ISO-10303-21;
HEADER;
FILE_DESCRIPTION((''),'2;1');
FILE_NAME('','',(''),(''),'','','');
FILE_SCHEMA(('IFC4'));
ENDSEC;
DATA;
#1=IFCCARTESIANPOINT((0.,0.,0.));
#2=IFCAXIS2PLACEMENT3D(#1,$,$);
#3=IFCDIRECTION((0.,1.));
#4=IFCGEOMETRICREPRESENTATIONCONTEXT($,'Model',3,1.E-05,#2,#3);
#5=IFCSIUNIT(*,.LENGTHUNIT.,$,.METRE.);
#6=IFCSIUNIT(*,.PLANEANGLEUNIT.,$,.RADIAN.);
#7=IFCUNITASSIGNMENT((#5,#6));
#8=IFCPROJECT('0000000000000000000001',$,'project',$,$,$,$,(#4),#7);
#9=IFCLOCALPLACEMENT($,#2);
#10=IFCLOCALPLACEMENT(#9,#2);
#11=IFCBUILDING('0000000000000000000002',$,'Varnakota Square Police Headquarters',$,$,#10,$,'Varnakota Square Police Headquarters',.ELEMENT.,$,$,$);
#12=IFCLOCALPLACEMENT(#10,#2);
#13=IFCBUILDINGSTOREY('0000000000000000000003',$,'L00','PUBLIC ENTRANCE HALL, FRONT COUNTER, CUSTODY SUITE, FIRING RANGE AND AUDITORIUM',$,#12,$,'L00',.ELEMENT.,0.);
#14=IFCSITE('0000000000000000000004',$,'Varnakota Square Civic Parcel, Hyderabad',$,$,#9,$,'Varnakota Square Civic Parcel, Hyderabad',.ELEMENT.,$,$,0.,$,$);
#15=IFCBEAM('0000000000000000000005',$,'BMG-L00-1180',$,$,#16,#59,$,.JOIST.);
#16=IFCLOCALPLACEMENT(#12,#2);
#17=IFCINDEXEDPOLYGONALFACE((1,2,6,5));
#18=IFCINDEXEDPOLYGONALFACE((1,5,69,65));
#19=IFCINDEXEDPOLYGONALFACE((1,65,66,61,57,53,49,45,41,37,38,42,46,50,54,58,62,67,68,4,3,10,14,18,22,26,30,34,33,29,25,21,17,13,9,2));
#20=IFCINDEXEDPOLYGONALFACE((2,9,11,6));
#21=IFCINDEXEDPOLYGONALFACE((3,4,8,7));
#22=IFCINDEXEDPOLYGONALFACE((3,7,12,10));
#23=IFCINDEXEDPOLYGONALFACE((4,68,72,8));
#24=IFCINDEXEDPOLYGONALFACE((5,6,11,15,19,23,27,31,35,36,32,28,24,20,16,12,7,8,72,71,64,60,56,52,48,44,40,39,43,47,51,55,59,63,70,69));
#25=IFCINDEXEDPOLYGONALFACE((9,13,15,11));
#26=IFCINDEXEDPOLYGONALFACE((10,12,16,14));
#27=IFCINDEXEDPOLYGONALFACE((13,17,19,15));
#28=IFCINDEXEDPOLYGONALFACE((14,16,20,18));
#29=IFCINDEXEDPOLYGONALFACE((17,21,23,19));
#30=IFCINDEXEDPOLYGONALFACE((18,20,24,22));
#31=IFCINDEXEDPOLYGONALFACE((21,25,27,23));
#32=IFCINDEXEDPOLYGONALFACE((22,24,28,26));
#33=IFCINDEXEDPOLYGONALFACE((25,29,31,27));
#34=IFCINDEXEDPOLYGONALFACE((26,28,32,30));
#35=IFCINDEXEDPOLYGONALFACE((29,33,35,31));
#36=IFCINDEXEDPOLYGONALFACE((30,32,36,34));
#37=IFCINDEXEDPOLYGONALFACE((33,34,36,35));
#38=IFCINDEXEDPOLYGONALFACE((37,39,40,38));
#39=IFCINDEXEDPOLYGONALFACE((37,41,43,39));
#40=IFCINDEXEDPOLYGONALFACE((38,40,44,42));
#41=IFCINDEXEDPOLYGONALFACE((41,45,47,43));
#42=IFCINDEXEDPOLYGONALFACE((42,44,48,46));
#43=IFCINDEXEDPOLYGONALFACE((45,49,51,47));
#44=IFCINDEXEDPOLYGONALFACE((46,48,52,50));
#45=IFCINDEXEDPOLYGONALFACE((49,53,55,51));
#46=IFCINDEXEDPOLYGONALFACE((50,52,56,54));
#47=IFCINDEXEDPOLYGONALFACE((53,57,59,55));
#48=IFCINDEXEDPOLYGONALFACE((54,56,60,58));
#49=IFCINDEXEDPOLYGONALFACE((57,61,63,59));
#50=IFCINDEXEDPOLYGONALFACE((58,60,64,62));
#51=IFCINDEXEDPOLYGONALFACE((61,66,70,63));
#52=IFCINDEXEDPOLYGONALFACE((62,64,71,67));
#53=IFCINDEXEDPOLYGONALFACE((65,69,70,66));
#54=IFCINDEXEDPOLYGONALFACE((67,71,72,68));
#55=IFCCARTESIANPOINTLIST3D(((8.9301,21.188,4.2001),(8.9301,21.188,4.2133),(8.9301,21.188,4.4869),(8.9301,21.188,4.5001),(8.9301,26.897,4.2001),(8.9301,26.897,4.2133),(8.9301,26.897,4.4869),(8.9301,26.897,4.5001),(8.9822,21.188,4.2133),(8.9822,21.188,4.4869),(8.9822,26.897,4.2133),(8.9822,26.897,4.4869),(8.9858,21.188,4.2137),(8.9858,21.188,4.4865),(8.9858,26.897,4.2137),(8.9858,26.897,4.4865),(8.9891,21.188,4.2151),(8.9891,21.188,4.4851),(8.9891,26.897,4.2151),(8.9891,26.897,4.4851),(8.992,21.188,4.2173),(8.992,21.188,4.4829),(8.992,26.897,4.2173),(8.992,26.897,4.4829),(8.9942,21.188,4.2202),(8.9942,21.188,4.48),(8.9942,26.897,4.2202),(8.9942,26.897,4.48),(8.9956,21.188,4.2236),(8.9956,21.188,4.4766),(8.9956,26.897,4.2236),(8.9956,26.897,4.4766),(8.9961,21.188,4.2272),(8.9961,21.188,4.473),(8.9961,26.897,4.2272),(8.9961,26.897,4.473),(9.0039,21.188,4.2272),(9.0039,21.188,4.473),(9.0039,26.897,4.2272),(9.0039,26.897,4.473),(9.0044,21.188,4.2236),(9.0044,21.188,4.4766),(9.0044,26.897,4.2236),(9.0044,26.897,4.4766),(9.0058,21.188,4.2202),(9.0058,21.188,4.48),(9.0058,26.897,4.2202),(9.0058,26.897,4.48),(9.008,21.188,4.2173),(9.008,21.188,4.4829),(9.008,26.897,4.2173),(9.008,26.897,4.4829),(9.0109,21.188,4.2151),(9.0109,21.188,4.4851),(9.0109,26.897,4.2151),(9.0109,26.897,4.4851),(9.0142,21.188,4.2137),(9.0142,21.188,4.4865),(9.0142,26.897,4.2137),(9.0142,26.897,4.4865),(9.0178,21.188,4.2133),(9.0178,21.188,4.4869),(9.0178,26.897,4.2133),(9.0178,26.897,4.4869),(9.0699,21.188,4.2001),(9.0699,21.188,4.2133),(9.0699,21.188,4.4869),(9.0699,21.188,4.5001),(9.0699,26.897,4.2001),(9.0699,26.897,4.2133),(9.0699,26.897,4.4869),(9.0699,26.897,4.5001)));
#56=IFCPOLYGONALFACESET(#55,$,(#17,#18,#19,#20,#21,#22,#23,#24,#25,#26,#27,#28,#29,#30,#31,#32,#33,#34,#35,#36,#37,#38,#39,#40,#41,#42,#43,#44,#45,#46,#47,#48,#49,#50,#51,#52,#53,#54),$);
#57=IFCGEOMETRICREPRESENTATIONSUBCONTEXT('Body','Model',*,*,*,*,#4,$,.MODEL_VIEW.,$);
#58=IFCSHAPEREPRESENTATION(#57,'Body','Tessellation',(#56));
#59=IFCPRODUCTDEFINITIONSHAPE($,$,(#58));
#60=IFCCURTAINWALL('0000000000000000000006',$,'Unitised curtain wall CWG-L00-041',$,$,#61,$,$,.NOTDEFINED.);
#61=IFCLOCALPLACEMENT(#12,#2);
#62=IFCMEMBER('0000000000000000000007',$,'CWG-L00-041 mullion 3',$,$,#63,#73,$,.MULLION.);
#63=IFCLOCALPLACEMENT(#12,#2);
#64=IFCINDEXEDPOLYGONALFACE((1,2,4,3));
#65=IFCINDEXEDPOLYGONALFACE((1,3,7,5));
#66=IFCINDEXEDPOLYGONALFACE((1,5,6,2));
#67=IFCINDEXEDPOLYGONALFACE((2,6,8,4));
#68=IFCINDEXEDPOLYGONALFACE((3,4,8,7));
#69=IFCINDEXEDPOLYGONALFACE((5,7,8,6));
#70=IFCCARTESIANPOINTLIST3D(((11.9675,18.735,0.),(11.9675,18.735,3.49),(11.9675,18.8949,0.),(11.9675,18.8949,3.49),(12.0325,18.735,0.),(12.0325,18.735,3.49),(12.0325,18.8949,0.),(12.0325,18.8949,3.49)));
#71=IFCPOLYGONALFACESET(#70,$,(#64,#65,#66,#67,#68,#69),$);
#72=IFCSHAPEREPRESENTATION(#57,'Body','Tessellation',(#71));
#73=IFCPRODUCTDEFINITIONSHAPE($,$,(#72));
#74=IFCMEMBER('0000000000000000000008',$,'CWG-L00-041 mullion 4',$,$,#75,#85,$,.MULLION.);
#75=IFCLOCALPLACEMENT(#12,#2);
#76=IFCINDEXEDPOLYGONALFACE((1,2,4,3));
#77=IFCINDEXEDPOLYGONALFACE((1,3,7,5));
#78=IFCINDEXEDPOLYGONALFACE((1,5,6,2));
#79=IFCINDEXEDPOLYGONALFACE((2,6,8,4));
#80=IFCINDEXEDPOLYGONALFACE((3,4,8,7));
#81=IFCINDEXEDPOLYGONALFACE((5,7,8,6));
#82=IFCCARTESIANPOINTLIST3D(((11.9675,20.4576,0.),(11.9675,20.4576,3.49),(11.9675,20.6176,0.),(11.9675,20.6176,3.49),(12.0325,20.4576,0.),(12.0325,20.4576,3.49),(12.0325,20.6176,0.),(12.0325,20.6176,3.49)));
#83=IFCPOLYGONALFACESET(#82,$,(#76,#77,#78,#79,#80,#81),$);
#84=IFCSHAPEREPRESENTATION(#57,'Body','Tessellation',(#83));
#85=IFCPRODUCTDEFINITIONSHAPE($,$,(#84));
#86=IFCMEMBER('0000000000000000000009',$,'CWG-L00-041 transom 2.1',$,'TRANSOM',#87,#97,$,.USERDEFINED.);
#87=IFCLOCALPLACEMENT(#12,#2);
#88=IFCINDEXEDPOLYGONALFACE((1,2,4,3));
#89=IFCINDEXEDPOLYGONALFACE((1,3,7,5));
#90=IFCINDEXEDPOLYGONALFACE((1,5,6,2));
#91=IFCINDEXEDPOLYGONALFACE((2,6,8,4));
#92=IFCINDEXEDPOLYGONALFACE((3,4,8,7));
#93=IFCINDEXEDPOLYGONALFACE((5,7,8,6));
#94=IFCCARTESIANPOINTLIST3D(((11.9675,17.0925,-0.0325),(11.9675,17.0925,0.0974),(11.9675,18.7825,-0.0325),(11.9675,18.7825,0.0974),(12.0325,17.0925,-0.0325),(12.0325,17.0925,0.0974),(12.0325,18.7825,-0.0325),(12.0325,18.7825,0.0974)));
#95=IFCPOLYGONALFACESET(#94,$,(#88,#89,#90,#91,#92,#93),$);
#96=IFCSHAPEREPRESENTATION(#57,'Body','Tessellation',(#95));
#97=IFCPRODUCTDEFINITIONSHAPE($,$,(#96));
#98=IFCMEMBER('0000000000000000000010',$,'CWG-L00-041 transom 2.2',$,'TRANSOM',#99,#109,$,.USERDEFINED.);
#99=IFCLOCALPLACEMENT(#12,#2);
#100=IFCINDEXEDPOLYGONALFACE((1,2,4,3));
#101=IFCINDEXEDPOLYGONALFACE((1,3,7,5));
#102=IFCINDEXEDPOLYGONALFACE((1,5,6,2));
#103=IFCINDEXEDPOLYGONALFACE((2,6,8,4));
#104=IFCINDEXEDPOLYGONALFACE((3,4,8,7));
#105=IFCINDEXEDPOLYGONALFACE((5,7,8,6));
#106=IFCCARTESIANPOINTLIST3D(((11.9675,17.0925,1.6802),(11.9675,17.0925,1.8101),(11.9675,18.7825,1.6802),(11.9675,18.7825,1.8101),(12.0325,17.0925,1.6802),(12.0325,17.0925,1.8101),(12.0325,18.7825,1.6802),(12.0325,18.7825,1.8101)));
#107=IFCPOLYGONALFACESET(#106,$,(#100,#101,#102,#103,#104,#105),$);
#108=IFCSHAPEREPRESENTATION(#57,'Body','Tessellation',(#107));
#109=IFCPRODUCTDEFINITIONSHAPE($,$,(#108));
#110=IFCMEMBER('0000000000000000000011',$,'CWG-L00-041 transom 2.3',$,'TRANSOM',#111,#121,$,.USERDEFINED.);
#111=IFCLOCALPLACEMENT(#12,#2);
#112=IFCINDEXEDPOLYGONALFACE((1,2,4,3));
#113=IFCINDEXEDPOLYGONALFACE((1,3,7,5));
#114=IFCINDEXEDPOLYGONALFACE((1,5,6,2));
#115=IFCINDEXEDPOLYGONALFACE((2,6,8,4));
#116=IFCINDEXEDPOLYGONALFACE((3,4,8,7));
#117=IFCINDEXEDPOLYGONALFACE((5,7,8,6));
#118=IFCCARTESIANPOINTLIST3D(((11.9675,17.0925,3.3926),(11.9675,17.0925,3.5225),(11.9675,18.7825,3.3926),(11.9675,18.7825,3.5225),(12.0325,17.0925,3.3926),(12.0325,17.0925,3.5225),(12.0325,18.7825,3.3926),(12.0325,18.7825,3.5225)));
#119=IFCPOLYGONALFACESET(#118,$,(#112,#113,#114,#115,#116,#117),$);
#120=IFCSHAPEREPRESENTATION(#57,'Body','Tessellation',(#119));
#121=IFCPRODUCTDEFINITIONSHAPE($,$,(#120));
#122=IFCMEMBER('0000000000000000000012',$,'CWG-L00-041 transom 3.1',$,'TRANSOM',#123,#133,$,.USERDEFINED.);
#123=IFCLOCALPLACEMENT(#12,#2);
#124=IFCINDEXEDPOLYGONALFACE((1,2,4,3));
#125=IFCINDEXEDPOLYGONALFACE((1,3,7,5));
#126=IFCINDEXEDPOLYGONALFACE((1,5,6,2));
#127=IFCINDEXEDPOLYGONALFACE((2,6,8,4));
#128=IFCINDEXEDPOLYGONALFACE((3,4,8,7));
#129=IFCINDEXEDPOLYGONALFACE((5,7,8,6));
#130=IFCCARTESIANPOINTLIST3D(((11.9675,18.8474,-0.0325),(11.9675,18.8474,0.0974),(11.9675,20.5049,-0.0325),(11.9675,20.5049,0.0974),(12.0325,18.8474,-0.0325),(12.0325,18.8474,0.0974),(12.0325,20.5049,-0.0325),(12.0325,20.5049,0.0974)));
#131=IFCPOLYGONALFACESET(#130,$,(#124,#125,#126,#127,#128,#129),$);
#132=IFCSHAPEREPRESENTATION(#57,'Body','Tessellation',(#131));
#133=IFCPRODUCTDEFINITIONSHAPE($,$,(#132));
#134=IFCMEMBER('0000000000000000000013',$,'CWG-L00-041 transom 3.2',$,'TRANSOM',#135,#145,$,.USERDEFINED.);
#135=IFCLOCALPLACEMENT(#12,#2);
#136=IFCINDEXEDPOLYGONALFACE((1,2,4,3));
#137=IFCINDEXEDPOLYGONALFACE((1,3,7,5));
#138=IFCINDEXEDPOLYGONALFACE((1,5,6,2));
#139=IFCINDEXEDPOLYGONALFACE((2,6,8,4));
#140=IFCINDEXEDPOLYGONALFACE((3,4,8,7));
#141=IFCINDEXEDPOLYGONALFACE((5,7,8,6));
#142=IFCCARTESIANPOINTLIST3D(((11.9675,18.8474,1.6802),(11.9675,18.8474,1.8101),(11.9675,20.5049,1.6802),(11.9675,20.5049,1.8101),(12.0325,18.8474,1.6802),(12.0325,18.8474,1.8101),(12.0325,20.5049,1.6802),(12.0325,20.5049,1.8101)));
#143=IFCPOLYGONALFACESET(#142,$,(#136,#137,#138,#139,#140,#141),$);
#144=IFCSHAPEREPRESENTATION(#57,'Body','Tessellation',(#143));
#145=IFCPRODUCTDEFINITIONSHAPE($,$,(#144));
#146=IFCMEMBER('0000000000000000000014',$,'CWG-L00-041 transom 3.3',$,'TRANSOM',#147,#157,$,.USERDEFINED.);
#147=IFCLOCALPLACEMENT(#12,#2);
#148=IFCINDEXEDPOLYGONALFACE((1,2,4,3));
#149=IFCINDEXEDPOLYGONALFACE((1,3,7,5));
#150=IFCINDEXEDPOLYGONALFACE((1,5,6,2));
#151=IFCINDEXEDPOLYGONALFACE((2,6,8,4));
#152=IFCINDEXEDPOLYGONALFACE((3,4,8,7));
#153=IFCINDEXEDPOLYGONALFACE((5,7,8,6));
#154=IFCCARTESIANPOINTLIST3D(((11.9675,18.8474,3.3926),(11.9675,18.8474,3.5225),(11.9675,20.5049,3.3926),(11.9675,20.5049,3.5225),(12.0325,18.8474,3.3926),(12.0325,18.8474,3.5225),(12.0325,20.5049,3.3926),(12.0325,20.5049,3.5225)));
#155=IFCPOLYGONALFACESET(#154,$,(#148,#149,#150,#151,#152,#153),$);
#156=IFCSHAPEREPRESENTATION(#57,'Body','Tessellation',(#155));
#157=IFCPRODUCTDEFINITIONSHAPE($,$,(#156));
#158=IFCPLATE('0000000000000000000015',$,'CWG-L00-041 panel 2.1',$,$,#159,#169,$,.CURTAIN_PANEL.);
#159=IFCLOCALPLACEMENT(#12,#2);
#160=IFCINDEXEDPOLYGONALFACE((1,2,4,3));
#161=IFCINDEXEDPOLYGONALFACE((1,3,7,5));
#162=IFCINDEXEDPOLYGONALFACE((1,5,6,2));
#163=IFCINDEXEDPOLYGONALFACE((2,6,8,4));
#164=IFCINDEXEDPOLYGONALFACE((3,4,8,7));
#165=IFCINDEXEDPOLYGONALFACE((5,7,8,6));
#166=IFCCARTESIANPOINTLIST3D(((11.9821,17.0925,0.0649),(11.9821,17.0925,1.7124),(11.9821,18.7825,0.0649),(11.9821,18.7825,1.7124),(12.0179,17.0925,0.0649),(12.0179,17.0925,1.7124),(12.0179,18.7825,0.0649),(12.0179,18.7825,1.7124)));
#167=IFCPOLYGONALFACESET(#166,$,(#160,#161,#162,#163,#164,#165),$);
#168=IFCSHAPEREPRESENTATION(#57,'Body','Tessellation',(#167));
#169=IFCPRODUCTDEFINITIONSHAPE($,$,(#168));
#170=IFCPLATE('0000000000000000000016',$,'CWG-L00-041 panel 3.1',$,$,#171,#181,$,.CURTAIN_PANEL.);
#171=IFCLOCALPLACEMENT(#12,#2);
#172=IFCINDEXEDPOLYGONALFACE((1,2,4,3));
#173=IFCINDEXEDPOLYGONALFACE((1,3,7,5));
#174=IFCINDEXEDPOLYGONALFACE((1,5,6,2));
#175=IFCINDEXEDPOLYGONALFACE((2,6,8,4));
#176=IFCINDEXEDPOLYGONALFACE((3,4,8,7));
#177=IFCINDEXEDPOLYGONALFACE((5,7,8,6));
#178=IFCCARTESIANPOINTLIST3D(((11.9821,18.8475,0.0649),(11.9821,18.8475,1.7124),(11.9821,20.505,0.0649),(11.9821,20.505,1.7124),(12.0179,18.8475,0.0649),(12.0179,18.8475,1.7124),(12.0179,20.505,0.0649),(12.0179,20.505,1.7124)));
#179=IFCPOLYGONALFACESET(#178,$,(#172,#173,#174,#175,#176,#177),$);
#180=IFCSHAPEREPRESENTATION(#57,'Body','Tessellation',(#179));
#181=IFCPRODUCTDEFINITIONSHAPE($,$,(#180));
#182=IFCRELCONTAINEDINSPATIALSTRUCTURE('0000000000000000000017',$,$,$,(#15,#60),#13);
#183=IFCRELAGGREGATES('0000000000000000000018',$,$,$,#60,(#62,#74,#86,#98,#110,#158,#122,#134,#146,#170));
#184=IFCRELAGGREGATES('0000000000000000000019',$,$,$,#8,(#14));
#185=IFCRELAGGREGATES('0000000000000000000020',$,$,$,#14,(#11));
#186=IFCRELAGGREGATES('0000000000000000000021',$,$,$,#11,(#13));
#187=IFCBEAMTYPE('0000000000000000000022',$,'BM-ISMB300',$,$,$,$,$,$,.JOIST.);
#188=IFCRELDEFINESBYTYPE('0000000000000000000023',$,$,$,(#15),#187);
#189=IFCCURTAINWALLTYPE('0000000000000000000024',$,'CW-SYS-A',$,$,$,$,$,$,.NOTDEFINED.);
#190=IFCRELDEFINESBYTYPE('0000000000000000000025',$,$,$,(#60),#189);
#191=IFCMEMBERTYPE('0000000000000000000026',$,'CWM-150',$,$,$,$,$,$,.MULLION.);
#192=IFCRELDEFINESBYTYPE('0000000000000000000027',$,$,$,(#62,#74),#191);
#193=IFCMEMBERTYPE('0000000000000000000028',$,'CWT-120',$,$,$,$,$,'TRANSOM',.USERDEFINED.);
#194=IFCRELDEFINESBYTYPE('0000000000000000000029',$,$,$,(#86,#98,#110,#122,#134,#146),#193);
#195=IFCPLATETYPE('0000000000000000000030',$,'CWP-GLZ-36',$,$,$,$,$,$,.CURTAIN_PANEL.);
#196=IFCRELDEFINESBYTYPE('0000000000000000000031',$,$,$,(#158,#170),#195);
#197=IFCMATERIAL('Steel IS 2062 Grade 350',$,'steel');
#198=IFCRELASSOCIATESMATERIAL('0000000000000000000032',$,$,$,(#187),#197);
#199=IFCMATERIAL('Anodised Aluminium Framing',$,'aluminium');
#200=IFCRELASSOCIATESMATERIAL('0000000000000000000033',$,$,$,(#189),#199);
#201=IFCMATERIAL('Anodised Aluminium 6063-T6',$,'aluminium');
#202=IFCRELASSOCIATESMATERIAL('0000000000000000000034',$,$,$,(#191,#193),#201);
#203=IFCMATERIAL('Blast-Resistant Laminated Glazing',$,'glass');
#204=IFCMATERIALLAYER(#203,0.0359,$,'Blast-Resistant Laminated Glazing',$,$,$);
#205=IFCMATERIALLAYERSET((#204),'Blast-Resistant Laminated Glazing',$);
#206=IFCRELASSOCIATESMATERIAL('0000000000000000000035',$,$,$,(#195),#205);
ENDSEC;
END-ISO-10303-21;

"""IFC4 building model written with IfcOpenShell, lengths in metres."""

from ifc_helpers import new_model, si_unit, direction, frame, origin, origin_2d, place, context, subcontext, project, spatial, rectangle, i_section, extrude, material, layer, layer_set, material_profile, profile_set, type_object, element, aggregate, save


model = new_model("IFC4")

# Units and contexts
model_context = context("Model", 3, precision=1e-05, world=origin(), true_north=direction((0.0, 1.0)))
body_context = subcontext(model_context, "Body", "Model", "MODEL_VIEW")
ifc_project = project(units=[si_unit("LENGTHUNIT", "METRE"), si_unit("PLANEANGLEUNIT", "RADIAN")], contexts=[model_context])

# Site, building, storey
site_placement = place(None, origin())
site = spatial("IfcSite", under=ifc_project, at=site_placement, Name="Varnakota Square Civic Parcel, Hyderabad", LongName="Varnakota Square Civic Parcel, Hyderabad", CompositionType="ELEMENT", RefElevation=0.0)
building_placement = place(site_placement, origin())
building = spatial("IfcBuilding", under=site, at=building_placement, Name="Varnakota Square Police Headquarters", LongName="Varnakota Square Police Headquarters", CompositionType="ELEMENT")
storey_placement = place(building_placement, origin())
storey = spatial("IfcBuildingStorey", under=building, at=storey_placement, Name="L00", Description="PUBLIC ENTRANCE HALL, FRONT COUNTER, CUSTODY SUITE, FIRING RANGE AND AUDITORIUM", LongName="L00", CompositionType="ELEMENT", Elevation=0.0)

# Beam
ifc_material_1 = material(Name="Steel IS 2062 Grade 350", Category="steel")
ifc_material_profile_1 = material_profile(ifc_material_1, i_section(OverallWidth=0.1399, OverallDepth=0.3, WebThickness=0.0078, FlangeThickness=0.0132, FilletRadius=0.0139, at=origin_2d()), Name="ISMB 300")
ifc_profile_set_1 = profile_set([ifc_material_profile_1], Name="Steel IS 2062 Grade 350")
beam_type_1 = type_object("IfcBeamType", Name="BM-ISMB300", PredefinedType="JOIST", material=ifc_profile_set_1)
beam_1_placement = place(storey_placement, frame((9.0, 21.188, 4.3501), z_axis=(0.0, 1.0, 0.0), x_axis=(-1.0, 0.0, 0.0)))
element("IfcBeam", 1, at=beam_1_placement, inside=storey, type_object=beam_type_1, Name="BMG-L00-1180", PredefinedType="JOIST", context=body_context, shape_type="SweptSolid", body=[
    extrude(i_section(OverallWidth=0.1399, OverallDepth=0.3, WebThickness=0.0078, FlangeThickness=0.0132, FilletRadius=0.0139, at=origin_2d()), origin(), (0.0, 0.0, 1.0), 5.709),
])

# Curtain wall, members, plates
ifc_material_2 = material(Name="Anodised Aluminium Framing", Category="aluminium")
curtain_wall_type = type_object("IfcCurtainWallType", Name="CW-SYS-A", PredefinedType="NOTDEFINED", material=ifc_material_2)
curtain_wall_placement = place(storey_placement, origin())
curtain_wall = element("IfcCurtainWall", 2, at=curtain_wall_placement, inside=storey, type_object=curtain_wall_type, Name="Unitised curtain wall CWG-L00-041", PredefinedType="NOTDEFINED")
ifc_material_3 = material(Name="Anodised Aluminium 6063-T6", Category="aluminium")
ifc_material_profile_2 = material_profile(ifc_material_3, rectangle(XDim=0.0649, YDim=0.1599, at=origin_2d()), Name="ALU MULLION 65x160")
ifc_profile_set_2 = profile_set([ifc_material_profile_2], Name="Anodised Aluminium 6063-T6")
member_type_1 = type_object("IfcMemberType", Name="CWM-150", PredefinedType="MULLION", material=ifc_profile_set_2)
member_1_placement = place(storey_placement, frame((12.0, 18.8149, 0.0), z_axis=(0.0, 0.0, 1.0), x_axis=(-1.0, 0.0, 0.0)))
member_1 = element("IfcMember", 3, at=member_1_placement, type_object=member_type_1, Name="CWG-L00-041 mullion 3", PredefinedType="MULLION", context=body_context, shape_type="SweptSolid", body=[
    extrude(rectangle(XDim=0.0649, YDim=0.1599, at=origin_2d()), origin(), (0.0, 0.0, 1.0), 3.49),
])
member_2_placement = place(storey_placement, frame((12.0, 20.5376, 0.0), z_axis=(0.0, 0.0, 1.0), x_axis=(-1.0, 0.0, 0.0)))
member_2 = element("IfcMember", 4, at=member_2_placement, type_object=member_type_1, Name="CWG-L00-041 mullion 4", PredefinedType="MULLION", context=body_context, shape_type="SweptSolid", body=[
    extrude(rectangle(XDim=0.0649, YDim=0.1599, at=origin_2d()), origin(), (0.0, 0.0, 1.0), 3.49),
])
ifc_material_profile_3 = material_profile(ifc_material_3, rectangle(XDim=0.0649, YDim=0.1299, at=origin_2d()), Name="ALU TRANSOM 65x130")
ifc_profile_set_3 = profile_set([ifc_material_profile_3], Name="Anodised Aluminium 6063-T6")
member_type_2 = type_object("IfcMemberType", Name="CWT-120", ElementType="TRANSOM", PredefinedType="USERDEFINED", material=ifc_profile_set_3)
member_3_placement = place(storey_placement, frame((12.0, 17.0925, 0.0325), z_axis=(0.0, 1.0, 0.0), x_axis=(-1.0, 0.0, 0.0)))
member_3 = element("IfcMember", 5, at=member_3_placement, type_object=member_type_2, Name="CWG-L00-041 transom 2.1", ObjectType="TRANSOM", PredefinedType="USERDEFINED", context=body_context, shape_type="SweptSolid", body=[
    extrude(rectangle(XDim=0.0649, YDim=0.1299, at=origin_2d()), origin(), (0.0, 0.0, 1.0), 1.6899),
])
member_4_placement = place(storey_placement, frame((12.0, 17.0925, 1.7451), z_axis=(0.0, 1.0, 0.0), x_axis=(-1.0, 0.0, 0.0)))
member_4 = element("IfcMember", 6, at=member_4_placement, type_object=member_type_2, Name="CWG-L00-041 transom 2.2", ObjectType="TRANSOM", PredefinedType="USERDEFINED", context=body_context, shape_type="SweptSolid", body=[
    extrude(rectangle(XDim=0.0649, YDim=0.1299, at=origin_2d()), origin(), (0.0, 0.0, 1.0), 1.6899),
])
member_5_placement = place(storey_placement, frame((12.0, 17.0925, 3.4575), z_axis=(0.0, 1.0, 0.0), x_axis=(-1.0, 0.0, 0.0)))
member_5 = element("IfcMember", 7, at=member_5_placement, type_object=member_type_2, Name="CWG-L00-041 transom 2.3", ObjectType="TRANSOM", PredefinedType="USERDEFINED", context=body_context, shape_type="SweptSolid", body=[
    extrude(rectangle(XDim=0.0649, YDim=0.1299, at=origin_2d()), origin(), (0.0, 0.0, 1.0), 1.6899),
])
member_6_placement = place(storey_placement, frame((12.0, 18.8474, 0.0325), z_axis=(0.0, 1.0, 0.0), x_axis=(-1.0, 0.0, 0.0)))
member_6 = element("IfcMember", 8, at=member_6_placement, type_object=member_type_2, Name="CWG-L00-041 transom 3.1", ObjectType="TRANSOM", PredefinedType="USERDEFINED", context=body_context, shape_type="SweptSolid", body=[
    extrude(rectangle(XDim=0.0649, YDim=0.1299, at=origin_2d()), origin(), (0.0, 0.0, 1.0), 1.6575),
])
member_7_placement = place(storey_placement, frame((12.0, 18.8474, 1.7451), z_axis=(0.0, 1.0, 0.0), x_axis=(-1.0, 0.0, 0.0)))
member_7 = element("IfcMember", 9, at=member_7_placement, type_object=member_type_2, Name="CWG-L00-041 transom 3.2", ObjectType="TRANSOM", PredefinedType="USERDEFINED", context=body_context, shape_type="SweptSolid", body=[
    extrude(rectangle(XDim=0.0649, YDim=0.1299, at=origin_2d()), origin(), (0.0, 0.0, 1.0), 1.6575),
])
member_8_placement = place(storey_placement, frame((12.0, 18.8474, 3.4575), z_axis=(0.0, 1.0, 0.0), x_axis=(-1.0, 0.0, 0.0)))
member_8 = element("IfcMember", 10, at=member_8_placement, type_object=member_type_2, Name="CWG-L00-041 transom 3.3", ObjectType="TRANSOM", PredefinedType="USERDEFINED", context=body_context, shape_type="SweptSolid", body=[
    extrude(rectangle(XDim=0.0649, YDim=0.1299, at=origin_2d()), origin(), (0.0, 0.0, 1.0), 1.6575),
])
ifc_material_4 = material(Name="Blast-Resistant Laminated Glazing", Category="glass")
ifc_layer_1 = layer(ifc_material_4, 0.0359, Name="Blast-Resistant Laminated Glazing")
ifc_layer_set_1 = layer_set([ifc_layer_1], Name="Blast-Resistant Laminated Glazing")
plate_type_1 = type_object("IfcPlateType", Name="CWP-GLZ-36", PredefinedType="CURTAIN_PANEL", material=ifc_layer_set_1)
plate_1_placement = place(storey_placement, frame((12.0, 17.9375, 0.0649), z_axis=(0.0, 0.0, 1.0), x_axis=(0.0, 1.0, 0.0)))
plate_1 = element("IfcPlate", 11, at=plate_1_placement, type_object=plate_type_1, Name="CWG-L00-041 panel 2.1", PredefinedType="CURTAIN_PANEL", context=body_context, shape_type="SweptSolid", body=[
    extrude(rectangle(XDim=1.6899, YDim=0.0359, at=origin_2d()), origin(), (0.0, 0.0, 1.0), 1.6475),
])
plate_2_placement = place(storey_placement, frame((12.0, 19.6763, 0.0649), z_axis=(0.0, 0.0, 1.0), x_axis=(0.0, 1.0, 0.0)))
plate_2 = element("IfcPlate", 12, at=plate_2_placement, type_object=plate_type_1, Name="CWG-L00-041 panel 3.1", PredefinedType="CURTAIN_PANEL", context=body_context, shape_type="SweptSolid", body=[
    extrude(rectangle(XDim=1.6575, YDim=0.0359, at=origin_2d()), origin(), (0.0, 0.0, 1.0), 1.6475),
])
aggregate(curtain_wall, [member_1, member_2, member_3, member_4, member_5, plate_1, member_6, member_7, member_8, plate_2])

save(model, "model.ifc")
